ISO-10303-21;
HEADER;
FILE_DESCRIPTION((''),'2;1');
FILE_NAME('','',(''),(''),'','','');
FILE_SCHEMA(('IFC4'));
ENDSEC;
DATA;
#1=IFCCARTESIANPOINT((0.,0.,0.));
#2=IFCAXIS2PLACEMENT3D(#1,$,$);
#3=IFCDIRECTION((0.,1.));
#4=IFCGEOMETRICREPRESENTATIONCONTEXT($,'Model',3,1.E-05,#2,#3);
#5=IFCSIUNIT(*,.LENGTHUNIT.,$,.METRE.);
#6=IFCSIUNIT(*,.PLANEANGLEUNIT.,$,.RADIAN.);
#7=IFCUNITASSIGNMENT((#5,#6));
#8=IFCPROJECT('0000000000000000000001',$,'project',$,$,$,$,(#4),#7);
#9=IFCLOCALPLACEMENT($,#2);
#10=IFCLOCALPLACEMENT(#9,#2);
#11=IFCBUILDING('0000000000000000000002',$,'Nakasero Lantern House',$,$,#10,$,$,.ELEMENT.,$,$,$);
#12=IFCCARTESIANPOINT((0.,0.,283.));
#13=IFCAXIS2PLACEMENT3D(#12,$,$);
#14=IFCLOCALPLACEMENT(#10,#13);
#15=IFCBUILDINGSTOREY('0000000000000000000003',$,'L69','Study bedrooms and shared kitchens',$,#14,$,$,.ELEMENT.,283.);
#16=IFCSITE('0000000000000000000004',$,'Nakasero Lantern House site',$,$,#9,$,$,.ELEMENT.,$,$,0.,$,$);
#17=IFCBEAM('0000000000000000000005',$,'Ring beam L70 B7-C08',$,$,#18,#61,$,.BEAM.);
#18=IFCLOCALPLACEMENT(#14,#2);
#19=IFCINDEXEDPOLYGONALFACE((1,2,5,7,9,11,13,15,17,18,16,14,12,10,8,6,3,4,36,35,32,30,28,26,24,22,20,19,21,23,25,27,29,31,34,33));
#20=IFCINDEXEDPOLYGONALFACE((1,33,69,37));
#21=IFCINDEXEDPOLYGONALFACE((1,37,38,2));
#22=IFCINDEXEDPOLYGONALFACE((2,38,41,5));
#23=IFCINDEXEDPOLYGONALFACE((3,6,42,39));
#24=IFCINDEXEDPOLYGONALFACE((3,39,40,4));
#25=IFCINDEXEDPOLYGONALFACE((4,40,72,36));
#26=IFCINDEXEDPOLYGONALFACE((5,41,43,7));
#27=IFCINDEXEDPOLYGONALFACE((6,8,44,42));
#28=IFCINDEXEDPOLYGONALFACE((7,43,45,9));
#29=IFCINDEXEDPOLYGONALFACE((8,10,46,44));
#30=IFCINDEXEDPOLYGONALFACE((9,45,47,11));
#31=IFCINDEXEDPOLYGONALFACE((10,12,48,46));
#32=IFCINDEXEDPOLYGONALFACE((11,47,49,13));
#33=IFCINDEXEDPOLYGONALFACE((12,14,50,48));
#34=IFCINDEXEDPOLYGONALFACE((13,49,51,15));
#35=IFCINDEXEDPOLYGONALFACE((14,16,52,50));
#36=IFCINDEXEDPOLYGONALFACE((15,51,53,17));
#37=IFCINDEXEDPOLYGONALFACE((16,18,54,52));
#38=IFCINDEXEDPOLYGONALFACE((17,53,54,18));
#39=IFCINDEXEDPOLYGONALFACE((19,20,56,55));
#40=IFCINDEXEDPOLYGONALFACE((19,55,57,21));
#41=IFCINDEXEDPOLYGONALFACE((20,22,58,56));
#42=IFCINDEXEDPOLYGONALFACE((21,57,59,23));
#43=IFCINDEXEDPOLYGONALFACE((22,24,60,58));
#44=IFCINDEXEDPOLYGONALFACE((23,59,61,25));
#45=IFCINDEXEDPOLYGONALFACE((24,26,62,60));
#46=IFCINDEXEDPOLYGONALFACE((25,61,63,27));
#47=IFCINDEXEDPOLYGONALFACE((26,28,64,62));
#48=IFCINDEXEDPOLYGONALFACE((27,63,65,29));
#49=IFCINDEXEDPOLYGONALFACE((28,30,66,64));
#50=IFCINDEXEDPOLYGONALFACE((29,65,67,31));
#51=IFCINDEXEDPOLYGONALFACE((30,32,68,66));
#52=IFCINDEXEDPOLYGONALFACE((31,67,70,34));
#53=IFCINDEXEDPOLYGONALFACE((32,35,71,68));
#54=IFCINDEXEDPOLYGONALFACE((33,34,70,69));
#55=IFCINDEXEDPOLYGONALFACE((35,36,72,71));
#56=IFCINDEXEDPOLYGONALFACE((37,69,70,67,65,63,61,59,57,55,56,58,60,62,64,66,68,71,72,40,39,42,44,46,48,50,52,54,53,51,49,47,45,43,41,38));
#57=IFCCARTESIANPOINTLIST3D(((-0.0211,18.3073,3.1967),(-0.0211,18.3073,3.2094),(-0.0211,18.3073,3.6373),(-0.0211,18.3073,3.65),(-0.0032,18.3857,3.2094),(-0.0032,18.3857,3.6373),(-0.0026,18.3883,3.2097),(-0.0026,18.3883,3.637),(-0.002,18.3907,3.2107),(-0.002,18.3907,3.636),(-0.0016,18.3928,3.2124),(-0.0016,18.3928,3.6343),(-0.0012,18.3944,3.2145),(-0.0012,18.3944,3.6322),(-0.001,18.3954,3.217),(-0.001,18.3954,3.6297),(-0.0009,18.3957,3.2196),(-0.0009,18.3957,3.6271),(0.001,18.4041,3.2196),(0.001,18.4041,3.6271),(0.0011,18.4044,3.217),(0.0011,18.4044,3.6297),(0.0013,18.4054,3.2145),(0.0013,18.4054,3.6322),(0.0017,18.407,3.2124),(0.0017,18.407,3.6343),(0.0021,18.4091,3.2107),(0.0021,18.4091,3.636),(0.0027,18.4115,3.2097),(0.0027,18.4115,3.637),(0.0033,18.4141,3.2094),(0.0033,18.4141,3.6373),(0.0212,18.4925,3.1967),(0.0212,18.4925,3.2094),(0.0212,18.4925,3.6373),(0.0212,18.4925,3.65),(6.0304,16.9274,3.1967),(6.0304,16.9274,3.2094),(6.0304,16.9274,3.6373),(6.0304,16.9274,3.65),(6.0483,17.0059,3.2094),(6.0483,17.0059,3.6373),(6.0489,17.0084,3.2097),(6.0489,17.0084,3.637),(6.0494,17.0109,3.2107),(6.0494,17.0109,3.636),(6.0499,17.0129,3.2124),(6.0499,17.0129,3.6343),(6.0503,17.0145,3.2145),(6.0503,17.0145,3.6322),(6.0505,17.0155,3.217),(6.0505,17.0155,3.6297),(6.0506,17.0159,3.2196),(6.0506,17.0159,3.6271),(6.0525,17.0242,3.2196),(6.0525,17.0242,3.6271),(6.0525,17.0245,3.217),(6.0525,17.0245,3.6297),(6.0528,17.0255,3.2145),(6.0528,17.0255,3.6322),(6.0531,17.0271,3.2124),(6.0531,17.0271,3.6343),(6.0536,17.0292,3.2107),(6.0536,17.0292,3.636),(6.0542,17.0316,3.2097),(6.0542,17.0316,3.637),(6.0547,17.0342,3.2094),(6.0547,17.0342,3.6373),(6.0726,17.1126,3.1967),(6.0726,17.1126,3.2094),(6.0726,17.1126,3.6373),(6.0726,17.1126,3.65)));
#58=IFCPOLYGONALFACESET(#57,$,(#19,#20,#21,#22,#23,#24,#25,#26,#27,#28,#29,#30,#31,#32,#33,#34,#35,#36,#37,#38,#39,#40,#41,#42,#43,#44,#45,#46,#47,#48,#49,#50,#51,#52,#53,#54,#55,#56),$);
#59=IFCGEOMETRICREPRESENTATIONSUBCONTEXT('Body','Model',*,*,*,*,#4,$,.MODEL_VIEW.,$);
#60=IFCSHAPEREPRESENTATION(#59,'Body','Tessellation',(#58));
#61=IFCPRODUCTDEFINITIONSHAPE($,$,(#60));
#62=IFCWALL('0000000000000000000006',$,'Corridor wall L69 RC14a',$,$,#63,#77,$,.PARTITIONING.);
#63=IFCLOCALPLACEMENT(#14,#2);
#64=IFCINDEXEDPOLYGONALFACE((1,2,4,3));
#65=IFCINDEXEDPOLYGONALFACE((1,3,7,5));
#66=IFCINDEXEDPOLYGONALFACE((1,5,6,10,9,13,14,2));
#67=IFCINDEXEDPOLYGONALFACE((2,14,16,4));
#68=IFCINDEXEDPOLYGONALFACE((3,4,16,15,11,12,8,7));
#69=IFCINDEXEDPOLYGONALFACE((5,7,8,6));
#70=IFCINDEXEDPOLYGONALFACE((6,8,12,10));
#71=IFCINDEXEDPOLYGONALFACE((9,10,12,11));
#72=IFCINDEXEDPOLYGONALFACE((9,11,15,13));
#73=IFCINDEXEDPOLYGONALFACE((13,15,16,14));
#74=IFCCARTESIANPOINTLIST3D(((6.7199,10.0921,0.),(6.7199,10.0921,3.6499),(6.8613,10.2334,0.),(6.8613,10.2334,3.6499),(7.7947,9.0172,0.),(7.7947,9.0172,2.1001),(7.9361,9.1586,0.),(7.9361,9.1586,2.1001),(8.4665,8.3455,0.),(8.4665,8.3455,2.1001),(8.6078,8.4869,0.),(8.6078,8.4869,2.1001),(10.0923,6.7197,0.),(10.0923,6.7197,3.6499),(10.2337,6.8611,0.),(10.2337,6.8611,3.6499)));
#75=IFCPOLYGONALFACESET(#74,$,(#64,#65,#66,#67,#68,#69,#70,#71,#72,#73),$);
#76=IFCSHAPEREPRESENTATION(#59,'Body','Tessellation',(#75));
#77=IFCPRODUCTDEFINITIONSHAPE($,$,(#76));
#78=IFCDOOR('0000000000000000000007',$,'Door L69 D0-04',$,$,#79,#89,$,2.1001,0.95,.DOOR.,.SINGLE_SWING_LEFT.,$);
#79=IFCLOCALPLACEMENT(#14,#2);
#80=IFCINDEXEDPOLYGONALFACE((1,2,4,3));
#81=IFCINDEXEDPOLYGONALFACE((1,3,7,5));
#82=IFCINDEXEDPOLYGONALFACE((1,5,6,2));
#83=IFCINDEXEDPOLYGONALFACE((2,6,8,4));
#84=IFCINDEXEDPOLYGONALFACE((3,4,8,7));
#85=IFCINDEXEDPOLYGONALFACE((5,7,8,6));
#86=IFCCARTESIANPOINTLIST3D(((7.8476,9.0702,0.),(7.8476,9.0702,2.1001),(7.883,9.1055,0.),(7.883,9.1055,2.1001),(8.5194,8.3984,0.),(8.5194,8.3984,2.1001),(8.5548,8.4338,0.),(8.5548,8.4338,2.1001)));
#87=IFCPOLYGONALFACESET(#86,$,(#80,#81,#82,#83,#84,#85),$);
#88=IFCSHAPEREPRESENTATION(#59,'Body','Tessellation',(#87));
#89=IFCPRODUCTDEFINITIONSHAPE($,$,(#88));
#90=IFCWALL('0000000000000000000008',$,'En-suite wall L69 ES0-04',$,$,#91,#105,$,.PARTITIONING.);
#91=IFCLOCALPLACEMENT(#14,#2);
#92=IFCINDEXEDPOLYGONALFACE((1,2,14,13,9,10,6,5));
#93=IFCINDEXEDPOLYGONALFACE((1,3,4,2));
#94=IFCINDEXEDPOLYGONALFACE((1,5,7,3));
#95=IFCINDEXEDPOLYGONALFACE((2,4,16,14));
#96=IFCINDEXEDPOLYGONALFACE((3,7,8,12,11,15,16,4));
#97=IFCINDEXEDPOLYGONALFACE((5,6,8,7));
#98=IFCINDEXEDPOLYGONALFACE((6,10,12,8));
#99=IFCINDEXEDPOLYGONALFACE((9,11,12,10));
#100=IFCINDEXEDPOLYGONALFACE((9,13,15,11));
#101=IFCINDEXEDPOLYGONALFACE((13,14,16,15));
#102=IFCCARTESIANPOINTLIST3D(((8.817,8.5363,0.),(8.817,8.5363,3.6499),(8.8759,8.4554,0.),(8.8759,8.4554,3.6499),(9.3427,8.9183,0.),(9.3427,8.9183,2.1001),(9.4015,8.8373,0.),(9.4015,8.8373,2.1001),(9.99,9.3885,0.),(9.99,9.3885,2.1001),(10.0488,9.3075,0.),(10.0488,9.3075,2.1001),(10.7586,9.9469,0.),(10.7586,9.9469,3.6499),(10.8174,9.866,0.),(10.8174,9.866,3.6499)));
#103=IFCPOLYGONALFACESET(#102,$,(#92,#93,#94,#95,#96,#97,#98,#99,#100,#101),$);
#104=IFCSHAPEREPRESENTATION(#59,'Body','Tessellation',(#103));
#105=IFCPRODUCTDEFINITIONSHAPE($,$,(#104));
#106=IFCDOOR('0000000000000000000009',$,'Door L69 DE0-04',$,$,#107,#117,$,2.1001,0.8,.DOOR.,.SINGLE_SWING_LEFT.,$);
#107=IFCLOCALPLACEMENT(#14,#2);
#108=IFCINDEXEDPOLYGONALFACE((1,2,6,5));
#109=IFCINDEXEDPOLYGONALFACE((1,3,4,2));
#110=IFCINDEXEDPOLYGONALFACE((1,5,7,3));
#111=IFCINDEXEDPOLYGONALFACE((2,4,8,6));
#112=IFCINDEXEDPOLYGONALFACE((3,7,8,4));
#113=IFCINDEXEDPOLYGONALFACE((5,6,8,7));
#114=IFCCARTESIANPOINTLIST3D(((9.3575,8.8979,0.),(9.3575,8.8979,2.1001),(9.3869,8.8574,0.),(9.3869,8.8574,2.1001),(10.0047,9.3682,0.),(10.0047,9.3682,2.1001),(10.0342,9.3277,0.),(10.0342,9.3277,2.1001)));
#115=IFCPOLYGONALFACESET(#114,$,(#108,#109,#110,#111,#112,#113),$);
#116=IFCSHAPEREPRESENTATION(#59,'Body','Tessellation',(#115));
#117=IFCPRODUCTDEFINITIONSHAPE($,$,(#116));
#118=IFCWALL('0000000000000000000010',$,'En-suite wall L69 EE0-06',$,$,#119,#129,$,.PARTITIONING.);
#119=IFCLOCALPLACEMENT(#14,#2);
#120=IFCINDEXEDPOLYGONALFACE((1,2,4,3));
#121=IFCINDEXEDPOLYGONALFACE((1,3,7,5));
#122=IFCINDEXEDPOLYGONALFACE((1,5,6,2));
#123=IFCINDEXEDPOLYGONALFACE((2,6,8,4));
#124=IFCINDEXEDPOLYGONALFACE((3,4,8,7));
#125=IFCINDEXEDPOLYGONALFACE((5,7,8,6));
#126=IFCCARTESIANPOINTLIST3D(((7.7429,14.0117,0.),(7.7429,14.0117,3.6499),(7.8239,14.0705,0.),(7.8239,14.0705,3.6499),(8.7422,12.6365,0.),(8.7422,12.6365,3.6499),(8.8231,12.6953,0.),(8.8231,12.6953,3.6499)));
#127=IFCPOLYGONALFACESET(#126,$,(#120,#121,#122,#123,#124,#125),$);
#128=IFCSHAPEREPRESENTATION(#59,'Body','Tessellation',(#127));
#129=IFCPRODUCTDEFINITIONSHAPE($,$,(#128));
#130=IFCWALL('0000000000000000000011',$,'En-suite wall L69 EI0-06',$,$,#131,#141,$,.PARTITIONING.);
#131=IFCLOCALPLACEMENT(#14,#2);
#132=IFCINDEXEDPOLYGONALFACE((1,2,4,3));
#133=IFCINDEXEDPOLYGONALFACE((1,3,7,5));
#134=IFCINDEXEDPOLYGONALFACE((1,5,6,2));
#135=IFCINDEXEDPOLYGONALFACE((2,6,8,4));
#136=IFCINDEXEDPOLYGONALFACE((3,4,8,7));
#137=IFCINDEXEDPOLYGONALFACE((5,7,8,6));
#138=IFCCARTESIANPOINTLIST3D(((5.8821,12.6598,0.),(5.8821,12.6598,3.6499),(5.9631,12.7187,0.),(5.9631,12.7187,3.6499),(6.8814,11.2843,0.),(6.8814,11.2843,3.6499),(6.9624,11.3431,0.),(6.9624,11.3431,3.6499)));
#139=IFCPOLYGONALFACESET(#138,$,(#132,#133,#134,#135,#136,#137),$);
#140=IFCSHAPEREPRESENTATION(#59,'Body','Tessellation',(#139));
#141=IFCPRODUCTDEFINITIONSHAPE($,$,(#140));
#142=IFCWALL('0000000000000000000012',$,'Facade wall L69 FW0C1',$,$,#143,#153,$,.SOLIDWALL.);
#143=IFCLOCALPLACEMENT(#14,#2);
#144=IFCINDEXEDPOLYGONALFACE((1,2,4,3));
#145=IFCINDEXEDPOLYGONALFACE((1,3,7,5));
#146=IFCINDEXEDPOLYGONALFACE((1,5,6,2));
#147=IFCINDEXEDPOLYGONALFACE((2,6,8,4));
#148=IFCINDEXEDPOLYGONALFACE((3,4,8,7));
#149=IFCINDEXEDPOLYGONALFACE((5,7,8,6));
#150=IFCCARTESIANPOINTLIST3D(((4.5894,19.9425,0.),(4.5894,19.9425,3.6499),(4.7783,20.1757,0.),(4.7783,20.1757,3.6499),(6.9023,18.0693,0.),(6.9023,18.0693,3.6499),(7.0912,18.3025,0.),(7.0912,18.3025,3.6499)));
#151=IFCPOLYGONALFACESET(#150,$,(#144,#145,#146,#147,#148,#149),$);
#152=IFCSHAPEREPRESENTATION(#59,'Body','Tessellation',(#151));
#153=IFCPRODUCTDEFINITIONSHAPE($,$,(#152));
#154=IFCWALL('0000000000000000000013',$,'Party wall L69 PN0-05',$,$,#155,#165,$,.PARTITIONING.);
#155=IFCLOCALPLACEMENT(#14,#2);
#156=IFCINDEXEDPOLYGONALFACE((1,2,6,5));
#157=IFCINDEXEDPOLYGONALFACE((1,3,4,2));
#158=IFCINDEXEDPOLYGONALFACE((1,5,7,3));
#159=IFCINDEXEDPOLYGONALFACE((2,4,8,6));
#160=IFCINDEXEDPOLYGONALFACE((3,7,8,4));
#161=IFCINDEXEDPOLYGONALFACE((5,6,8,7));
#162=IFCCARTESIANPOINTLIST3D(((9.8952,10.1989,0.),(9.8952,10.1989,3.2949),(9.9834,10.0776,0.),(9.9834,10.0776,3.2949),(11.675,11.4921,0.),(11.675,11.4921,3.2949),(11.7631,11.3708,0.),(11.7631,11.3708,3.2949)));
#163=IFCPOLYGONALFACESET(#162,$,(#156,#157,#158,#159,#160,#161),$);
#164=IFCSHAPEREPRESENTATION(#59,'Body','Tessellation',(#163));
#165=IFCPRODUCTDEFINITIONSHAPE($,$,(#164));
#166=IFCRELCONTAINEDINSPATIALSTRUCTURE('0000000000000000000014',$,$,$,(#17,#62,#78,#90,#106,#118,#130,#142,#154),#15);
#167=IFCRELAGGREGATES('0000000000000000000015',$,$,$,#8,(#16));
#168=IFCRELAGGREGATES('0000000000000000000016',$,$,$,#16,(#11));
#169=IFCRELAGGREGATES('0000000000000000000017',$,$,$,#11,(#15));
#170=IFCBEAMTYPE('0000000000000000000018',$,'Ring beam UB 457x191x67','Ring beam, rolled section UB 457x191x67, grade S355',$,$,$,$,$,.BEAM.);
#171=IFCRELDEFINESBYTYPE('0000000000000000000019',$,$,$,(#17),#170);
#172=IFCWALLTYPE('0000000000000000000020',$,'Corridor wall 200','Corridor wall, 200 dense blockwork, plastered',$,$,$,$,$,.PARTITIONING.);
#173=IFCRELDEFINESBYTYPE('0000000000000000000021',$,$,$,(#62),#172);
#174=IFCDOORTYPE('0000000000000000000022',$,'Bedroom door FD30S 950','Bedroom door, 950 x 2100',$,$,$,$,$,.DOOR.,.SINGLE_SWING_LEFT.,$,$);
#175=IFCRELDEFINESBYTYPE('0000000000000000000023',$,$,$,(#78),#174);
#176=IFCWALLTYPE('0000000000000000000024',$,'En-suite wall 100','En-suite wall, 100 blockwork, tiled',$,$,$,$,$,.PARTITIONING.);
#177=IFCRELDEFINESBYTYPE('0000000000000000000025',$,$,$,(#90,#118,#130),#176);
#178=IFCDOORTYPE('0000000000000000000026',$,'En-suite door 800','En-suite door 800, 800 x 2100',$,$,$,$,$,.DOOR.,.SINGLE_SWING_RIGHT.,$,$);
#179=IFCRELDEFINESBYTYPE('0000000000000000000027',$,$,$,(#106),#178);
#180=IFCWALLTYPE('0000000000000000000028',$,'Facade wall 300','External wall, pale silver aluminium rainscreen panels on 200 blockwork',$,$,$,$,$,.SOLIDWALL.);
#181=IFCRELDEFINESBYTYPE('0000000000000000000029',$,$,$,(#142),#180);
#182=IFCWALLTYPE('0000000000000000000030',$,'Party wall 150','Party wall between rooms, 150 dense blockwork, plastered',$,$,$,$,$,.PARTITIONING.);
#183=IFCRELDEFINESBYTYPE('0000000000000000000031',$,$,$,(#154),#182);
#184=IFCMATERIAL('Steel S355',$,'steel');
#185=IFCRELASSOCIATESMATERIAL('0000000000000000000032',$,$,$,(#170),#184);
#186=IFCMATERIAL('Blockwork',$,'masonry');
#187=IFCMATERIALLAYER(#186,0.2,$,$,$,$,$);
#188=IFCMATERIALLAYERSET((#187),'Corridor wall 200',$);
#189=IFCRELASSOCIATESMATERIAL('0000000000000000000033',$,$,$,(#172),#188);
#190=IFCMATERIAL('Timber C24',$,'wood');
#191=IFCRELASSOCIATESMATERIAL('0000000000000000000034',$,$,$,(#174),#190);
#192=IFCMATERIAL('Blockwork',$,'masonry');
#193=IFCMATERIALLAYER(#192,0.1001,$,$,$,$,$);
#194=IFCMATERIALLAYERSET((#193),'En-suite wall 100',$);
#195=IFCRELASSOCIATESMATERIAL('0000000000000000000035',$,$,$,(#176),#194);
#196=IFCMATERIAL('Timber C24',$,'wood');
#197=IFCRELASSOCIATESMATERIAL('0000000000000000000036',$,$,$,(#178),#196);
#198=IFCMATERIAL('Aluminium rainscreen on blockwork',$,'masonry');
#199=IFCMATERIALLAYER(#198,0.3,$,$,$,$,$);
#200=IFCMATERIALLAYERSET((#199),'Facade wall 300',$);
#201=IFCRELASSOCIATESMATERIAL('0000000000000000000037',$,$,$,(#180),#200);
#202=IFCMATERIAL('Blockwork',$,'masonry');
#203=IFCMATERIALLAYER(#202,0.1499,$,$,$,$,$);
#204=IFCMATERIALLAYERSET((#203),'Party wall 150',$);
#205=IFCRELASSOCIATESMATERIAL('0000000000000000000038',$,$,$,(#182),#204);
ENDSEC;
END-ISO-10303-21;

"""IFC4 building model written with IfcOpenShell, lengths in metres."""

from ifc_helpers import new_model, si_unit, direction, frame, frame_2d, origin, origin_2d, place, context, subcontext, project, spatial, rectangle, i_section, extrude, material, layer, layer_set, material_profile, profile_set, type_object, element, fill, save


model = new_model("IFC4")

# Units and contexts
model_context = context("Model", 3, precision=1e-05, world=origin(), true_north=direction((0.0, 1.0)))
body_context = subcontext(model_context, "Body", "Model", "MODEL_VIEW")
ifc_project = project(units=[si_unit("LENGTHUNIT", "METRE"), si_unit("PLANEANGLEUNIT", "RADIAN")], contexts=[model_context])

# Site, building, storey
site_placement = place(None, origin())
site = spatial("IfcSite", under=ifc_project, at=site_placement, Name="Nakasero Lantern House site", CompositionType="ELEMENT", RefElevation=0.0)
building_placement = place(site_placement, origin())
building = spatial("IfcBuilding", under=site, at=building_placement, Name="Nakasero Lantern House", CompositionType="ELEMENT")
storey_placement = place(building_placement, frame((0.0, 0.0, 283.0)))
storey = spatial("IfcBuildingStorey", under=building, at=storey_placement, Name="L69", Description="Study bedrooms and shared kitchens", CompositionType="ELEMENT", Elevation=283.0)

# Beam
ifc_material_1 = material(Name="Steel S355", Category="steel")
ifc_material_profile_1 = material_profile(ifc_material_1, i_section(OverallWidth=0.1899, OverallDepth=0.4534, WebThickness=0.0085, FlangeThickness=0.0127, FilletRadius=0.0103, at=origin_2d()), Name="UB 457x191x67")
ifc_profile_set_1 = profile_set([ifc_material_profile_1], Name="Steel S355")
beam_type_1 = type_object("IfcBeamType", Name="Ring beam UB 457x191x67", Description="Ring beam, rolled section UB 457x191x67, grade S355", PredefinedType="BEAM", material=ifc_profile_set_1)
beam_1_placement = place(storey_placement, frame((6.0515, 17.02, 3.4233), z_axis=(-0.974975, 0.222316, 0.0), x_axis=(-0.222316, -0.974975, 0.0)))
element("IfcBeam", 1, at=beam_1_placement, inside=storey, type_object=beam_type_1, Name="Ring beam L70 B7-C08", PredefinedType="BEAM", context=body_context, shape_type="SweptSolid", body=[
    extrude(i_section(OverallWidth=0.1899, OverallDepth=0.4534, WebThickness=0.0085, FlangeThickness=0.0127, FilletRadius=0.0103, at=origin_2d()), origin(), (0.0, 0.0, 1.0), 6.2068),
])

# Walls, openings, doors
ifc_material_2 = material(Name="Blockwork", Category="masonry")
ifc_layer_1 = layer(ifc_material_2, 0.2)
ifc_layer_set_1 = layer_set([ifc_layer_1], Name="Corridor wall 200")
wall_type_1 = type_object("IfcWallType", Name="Corridor wall 200", Description="Corridor wall, 200 dense blockwork, plastered", PredefinedType="PARTITIONING", material=ifc_layer_set_1)
wall_1_placement = place(storey_placement, frame((6.7905, 10.1628, 0.0), z_axis=(0.0, 0.0, 1.0), x_axis=(0.707107, -0.707107, 0.0)))
wall_1 = element("IfcWall", 2, at=wall_1_placement, inside=storey, type_object=wall_type_1, Name="Corridor wall L69 RC14a", PredefinedType="PARTITIONING", context=body_context, shape_type="SweptSolid", body=[
    extrude(rectangle(XDim=4.7693, YDim=0.2, at=frame_2d((2.3848, 0.0))), origin(), (0.0, 0.0, 1.0), 3.6499),
])
opening_1_placement = place(wall_1_placement, frame((1.52, 0.0, 0.0)))
opening_1 = element("IfcOpeningElement", 3, at=opening_1_placement, cuts=wall_1, PredefinedType="OPENING", context=body_context, shape_type="SweptSolid", body=[
    extrude(rectangle(XDim=0.95, YDim=2.1001, at=frame_2d((0.4751, 1.05))), frame((0.0, 0.1199, 0.0), z_axis=(0.0, -1.0, 0.0), x_axis=(1.0, 0.0, 0.0)), (0.0, 0.0, 1.0), 0.24),
])
ifc_material_3 = material(Name="Timber C24", Category="wood")
door_type_1 = type_object("IfcDoorType", Name="Bedroom door FD30S 950", Description="Bedroom door, 950 x 2100", OperationType="SINGLE_SWING_LEFT", PredefinedType="DOOR", material=ifc_material_3)
door_1_placement = place(opening_1_placement, origin())
door_1 = element("IfcDoor", 4, at=door_1_placement, inside=storey, type_object=door_type_1, Name="Door L69 D0-04", OperationType="SINGLE_SWING_LEFT", OverallHeight=2.1001, OverallWidth=0.95, PredefinedType="DOOR", context=body_context, shape_type="SweptSolid", body=[
    extrude(rectangle(XDim=0.95, YDim=2.1001, at=frame_2d((0.4751, 1.05))), frame((0.0, 0.0249, 0.0), z_axis=(0.0, -1.0, 0.0), x_axis=(1.0, 0.0, 0.0)), (0.0, 0.0, 1.0), 0.05),
])
fill(opening_1, door_1)
ifc_material_4 = material(Name="Blockwork", Category="masonry")
ifc_layer_2 = layer(ifc_material_4, 0.1001)
ifc_layer_set_2 = layer_set([ifc_layer_2], Name="En-suite wall 100")
wall_type_2 = type_object("IfcWallType", Name="En-suite wall 100", Description="En-suite wall, 100 blockwork, tiled", PredefinedType="PARTITIONING", material=ifc_layer_set_2)
wall_2_placement = place(storey_placement, frame((8.8464, 8.4958, 0.0), z_axis=(0.0, 0.0, 1.0), x_axis=(0.809026, 0.587772, 0.0)))
wall_2 = element("IfcWall", 5, at=wall_2_placement, inside=storey, type_object=wall_type_2, Name="En-suite wall L69 ES0-04", PredefinedType="PARTITIONING", context=body_context, shape_type="SweptSolid", body=[
    extrude(rectangle(XDim=2.3999, YDim=0.1001, at=frame_2d((1.2, 0.0))), origin(), (0.0, 0.0, 1.0), 3.6499),
])
opening_2_placement = place(wall_2_placement, frame((0.6499, 0.0, 0.0)))
opening_2 = element("IfcOpeningElement", 6, at=opening_2_placement, cuts=wall_2, PredefinedType="OPENING", context=body_context, shape_type="SweptSolid", body=[
    extrude(rectangle(XDim=0.8, YDim=2.1001, at=frame_2d((0.3999, 1.05))), frame((0.0, 0.0701, 0.0), z_axis=(0.0, -1.0, 0.0), x_axis=(1.0, 0.0, 0.0)), (0.0, 0.0, 1.0), 0.1401),
])
ifc_material_5 = material(Name="Timber C24", Category="wood")
door_type_2 = type_object("IfcDoorType", Name="En-suite door 800", Description="En-suite door 800, 800 x 2100", OperationType="SINGLE_SWING_RIGHT", PredefinedType="DOOR", material=ifc_material_5)
door_2_placement = place(opening_2_placement, origin())
door_2 = element("IfcDoor", 7, at=door_2_placement, inside=storey, type_object=door_type_2, Name="Door L69 DE0-04", OperationType="SINGLE_SWING_LEFT", OverallHeight=2.1001, OverallWidth=0.8, PredefinedType="DOOR", context=body_context, shape_type="SweptSolid", body=[
    extrude(rectangle(XDim=0.8, YDim=2.1001, at=frame_2d((0.3999, 1.05))), frame((0.0, 0.0249, 0.0), z_axis=(0.0, -1.0, 0.0), x_axis=(1.0, 0.0, 0.0)), (0.0, 0.0, 1.0), 0.05),
])
fill(opening_2, door_2)

# Walls
wall_3_placement = place(storey_placement, frame((8.7827, 12.6658, 0.0), z_axis=(0.0, 0.0, 1.0), x_axis=(-0.587822, 0.808991, 0.0)))
element("IfcWall", 8, at=wall_3_placement, inside=storey, type_object=wall_type_2, Name="En-suite wall L69 EE0-06", PredefinedType="PARTITIONING", context=body_context, shape_type="SweptSolid", body=[
    extrude(rectangle(XDim=1.7, YDim=0.1001, at=frame_2d((0.8501, 0.0))), origin(), (0.0, 0.0, 1.0), 3.6499),
])
wall_4_placement = place(storey_placement, frame((6.9219, 11.3137, 0.0), z_axis=(0.0, 0.0, 1.0), x_axis=(-0.587753, 0.80904, 0.0)))
element("IfcWall", 9, at=wall_4_placement, inside=storey, type_object=wall_type_2, Name="En-suite wall L69 EI0-06", PredefinedType="PARTITIONING", context=body_context, shape_type="SweptSolid", body=[
    extrude(rectangle(XDim=1.7002, YDim=0.1001, at=frame_2d((0.8501, 0.0))), origin(), (0.0, 0.0, 1.0), 3.6499),
])
ifc_material_6 = material(Name="Aluminium rainscreen on blockwork", Category="masonry")
ifc_layer_3 = layer(ifc_material_6, 0.3)
ifc_layer_set_3 = layer_set([ifc_layer_3], Name="Facade wall 300")
wall_type_3 = type_object("IfcWallType", Name="Facade wall 300", Description="External wall, pale silver aluminium rainscreen panels on 200 blockwork", PredefinedType="SOLIDWALL", material=ifc_layer_set_3)
wall_5_placement = place(storey_placement, frame((6.9968, 18.1858, 0.0), z_axis=(0.0, 0.0, 1.0), x_axis=(-0.777102, 0.629375, 0.0)))
element("IfcWall", 10, at=wall_5_placement, inside=storey, type_object=wall_type_3, Name="Facade wall L69 FW0C1", PredefinedType="SOLIDWALL", context=body_context, shape_type="SweptSolid", body=[
    extrude(rectangle(XDim=2.9763, YDim=0.3, at=frame_2d((1.4883, 0.0))), origin(), (0.0, 0.0, 1.0), 3.6499),
])
ifc_material_7 = material(Name="Blockwork", Category="masonry")
ifc_layer_4 = layer(ifc_material_7, 0.1499)
ifc_layer_set_4 = layer_set([ifc_layer_4], Name="Party wall 150")
wall_type_4 = type_object("IfcWallType", Name="Party wall 150", Description="Party wall between rooms, 150 dense blockwork, plastered", PredefinedType="PARTITIONING", material=ifc_layer_set_4)
wall_6_placement = place(storey_placement, frame((9.9392, 10.1382, 0.0), z_axis=(0.0, 0.0, 1.0), x_axis=(0.80899, 0.587822, 0.0)))
element("IfcWall", 11, at=wall_6_placement, inside=storey, type_object=wall_type_4, Name="Party wall L69 PN0-05", PredefinedType="PARTITIONING", context=body_context, shape_type="SweptSolid", body=[
    extrude(rectangle(XDim=2.2, YDim=0.1499, at=frame_2d((1.1001, 0.0))), origin(), (0.0, 0.0, 1.0), 3.2949),
])

save(model, "model.ifc")
